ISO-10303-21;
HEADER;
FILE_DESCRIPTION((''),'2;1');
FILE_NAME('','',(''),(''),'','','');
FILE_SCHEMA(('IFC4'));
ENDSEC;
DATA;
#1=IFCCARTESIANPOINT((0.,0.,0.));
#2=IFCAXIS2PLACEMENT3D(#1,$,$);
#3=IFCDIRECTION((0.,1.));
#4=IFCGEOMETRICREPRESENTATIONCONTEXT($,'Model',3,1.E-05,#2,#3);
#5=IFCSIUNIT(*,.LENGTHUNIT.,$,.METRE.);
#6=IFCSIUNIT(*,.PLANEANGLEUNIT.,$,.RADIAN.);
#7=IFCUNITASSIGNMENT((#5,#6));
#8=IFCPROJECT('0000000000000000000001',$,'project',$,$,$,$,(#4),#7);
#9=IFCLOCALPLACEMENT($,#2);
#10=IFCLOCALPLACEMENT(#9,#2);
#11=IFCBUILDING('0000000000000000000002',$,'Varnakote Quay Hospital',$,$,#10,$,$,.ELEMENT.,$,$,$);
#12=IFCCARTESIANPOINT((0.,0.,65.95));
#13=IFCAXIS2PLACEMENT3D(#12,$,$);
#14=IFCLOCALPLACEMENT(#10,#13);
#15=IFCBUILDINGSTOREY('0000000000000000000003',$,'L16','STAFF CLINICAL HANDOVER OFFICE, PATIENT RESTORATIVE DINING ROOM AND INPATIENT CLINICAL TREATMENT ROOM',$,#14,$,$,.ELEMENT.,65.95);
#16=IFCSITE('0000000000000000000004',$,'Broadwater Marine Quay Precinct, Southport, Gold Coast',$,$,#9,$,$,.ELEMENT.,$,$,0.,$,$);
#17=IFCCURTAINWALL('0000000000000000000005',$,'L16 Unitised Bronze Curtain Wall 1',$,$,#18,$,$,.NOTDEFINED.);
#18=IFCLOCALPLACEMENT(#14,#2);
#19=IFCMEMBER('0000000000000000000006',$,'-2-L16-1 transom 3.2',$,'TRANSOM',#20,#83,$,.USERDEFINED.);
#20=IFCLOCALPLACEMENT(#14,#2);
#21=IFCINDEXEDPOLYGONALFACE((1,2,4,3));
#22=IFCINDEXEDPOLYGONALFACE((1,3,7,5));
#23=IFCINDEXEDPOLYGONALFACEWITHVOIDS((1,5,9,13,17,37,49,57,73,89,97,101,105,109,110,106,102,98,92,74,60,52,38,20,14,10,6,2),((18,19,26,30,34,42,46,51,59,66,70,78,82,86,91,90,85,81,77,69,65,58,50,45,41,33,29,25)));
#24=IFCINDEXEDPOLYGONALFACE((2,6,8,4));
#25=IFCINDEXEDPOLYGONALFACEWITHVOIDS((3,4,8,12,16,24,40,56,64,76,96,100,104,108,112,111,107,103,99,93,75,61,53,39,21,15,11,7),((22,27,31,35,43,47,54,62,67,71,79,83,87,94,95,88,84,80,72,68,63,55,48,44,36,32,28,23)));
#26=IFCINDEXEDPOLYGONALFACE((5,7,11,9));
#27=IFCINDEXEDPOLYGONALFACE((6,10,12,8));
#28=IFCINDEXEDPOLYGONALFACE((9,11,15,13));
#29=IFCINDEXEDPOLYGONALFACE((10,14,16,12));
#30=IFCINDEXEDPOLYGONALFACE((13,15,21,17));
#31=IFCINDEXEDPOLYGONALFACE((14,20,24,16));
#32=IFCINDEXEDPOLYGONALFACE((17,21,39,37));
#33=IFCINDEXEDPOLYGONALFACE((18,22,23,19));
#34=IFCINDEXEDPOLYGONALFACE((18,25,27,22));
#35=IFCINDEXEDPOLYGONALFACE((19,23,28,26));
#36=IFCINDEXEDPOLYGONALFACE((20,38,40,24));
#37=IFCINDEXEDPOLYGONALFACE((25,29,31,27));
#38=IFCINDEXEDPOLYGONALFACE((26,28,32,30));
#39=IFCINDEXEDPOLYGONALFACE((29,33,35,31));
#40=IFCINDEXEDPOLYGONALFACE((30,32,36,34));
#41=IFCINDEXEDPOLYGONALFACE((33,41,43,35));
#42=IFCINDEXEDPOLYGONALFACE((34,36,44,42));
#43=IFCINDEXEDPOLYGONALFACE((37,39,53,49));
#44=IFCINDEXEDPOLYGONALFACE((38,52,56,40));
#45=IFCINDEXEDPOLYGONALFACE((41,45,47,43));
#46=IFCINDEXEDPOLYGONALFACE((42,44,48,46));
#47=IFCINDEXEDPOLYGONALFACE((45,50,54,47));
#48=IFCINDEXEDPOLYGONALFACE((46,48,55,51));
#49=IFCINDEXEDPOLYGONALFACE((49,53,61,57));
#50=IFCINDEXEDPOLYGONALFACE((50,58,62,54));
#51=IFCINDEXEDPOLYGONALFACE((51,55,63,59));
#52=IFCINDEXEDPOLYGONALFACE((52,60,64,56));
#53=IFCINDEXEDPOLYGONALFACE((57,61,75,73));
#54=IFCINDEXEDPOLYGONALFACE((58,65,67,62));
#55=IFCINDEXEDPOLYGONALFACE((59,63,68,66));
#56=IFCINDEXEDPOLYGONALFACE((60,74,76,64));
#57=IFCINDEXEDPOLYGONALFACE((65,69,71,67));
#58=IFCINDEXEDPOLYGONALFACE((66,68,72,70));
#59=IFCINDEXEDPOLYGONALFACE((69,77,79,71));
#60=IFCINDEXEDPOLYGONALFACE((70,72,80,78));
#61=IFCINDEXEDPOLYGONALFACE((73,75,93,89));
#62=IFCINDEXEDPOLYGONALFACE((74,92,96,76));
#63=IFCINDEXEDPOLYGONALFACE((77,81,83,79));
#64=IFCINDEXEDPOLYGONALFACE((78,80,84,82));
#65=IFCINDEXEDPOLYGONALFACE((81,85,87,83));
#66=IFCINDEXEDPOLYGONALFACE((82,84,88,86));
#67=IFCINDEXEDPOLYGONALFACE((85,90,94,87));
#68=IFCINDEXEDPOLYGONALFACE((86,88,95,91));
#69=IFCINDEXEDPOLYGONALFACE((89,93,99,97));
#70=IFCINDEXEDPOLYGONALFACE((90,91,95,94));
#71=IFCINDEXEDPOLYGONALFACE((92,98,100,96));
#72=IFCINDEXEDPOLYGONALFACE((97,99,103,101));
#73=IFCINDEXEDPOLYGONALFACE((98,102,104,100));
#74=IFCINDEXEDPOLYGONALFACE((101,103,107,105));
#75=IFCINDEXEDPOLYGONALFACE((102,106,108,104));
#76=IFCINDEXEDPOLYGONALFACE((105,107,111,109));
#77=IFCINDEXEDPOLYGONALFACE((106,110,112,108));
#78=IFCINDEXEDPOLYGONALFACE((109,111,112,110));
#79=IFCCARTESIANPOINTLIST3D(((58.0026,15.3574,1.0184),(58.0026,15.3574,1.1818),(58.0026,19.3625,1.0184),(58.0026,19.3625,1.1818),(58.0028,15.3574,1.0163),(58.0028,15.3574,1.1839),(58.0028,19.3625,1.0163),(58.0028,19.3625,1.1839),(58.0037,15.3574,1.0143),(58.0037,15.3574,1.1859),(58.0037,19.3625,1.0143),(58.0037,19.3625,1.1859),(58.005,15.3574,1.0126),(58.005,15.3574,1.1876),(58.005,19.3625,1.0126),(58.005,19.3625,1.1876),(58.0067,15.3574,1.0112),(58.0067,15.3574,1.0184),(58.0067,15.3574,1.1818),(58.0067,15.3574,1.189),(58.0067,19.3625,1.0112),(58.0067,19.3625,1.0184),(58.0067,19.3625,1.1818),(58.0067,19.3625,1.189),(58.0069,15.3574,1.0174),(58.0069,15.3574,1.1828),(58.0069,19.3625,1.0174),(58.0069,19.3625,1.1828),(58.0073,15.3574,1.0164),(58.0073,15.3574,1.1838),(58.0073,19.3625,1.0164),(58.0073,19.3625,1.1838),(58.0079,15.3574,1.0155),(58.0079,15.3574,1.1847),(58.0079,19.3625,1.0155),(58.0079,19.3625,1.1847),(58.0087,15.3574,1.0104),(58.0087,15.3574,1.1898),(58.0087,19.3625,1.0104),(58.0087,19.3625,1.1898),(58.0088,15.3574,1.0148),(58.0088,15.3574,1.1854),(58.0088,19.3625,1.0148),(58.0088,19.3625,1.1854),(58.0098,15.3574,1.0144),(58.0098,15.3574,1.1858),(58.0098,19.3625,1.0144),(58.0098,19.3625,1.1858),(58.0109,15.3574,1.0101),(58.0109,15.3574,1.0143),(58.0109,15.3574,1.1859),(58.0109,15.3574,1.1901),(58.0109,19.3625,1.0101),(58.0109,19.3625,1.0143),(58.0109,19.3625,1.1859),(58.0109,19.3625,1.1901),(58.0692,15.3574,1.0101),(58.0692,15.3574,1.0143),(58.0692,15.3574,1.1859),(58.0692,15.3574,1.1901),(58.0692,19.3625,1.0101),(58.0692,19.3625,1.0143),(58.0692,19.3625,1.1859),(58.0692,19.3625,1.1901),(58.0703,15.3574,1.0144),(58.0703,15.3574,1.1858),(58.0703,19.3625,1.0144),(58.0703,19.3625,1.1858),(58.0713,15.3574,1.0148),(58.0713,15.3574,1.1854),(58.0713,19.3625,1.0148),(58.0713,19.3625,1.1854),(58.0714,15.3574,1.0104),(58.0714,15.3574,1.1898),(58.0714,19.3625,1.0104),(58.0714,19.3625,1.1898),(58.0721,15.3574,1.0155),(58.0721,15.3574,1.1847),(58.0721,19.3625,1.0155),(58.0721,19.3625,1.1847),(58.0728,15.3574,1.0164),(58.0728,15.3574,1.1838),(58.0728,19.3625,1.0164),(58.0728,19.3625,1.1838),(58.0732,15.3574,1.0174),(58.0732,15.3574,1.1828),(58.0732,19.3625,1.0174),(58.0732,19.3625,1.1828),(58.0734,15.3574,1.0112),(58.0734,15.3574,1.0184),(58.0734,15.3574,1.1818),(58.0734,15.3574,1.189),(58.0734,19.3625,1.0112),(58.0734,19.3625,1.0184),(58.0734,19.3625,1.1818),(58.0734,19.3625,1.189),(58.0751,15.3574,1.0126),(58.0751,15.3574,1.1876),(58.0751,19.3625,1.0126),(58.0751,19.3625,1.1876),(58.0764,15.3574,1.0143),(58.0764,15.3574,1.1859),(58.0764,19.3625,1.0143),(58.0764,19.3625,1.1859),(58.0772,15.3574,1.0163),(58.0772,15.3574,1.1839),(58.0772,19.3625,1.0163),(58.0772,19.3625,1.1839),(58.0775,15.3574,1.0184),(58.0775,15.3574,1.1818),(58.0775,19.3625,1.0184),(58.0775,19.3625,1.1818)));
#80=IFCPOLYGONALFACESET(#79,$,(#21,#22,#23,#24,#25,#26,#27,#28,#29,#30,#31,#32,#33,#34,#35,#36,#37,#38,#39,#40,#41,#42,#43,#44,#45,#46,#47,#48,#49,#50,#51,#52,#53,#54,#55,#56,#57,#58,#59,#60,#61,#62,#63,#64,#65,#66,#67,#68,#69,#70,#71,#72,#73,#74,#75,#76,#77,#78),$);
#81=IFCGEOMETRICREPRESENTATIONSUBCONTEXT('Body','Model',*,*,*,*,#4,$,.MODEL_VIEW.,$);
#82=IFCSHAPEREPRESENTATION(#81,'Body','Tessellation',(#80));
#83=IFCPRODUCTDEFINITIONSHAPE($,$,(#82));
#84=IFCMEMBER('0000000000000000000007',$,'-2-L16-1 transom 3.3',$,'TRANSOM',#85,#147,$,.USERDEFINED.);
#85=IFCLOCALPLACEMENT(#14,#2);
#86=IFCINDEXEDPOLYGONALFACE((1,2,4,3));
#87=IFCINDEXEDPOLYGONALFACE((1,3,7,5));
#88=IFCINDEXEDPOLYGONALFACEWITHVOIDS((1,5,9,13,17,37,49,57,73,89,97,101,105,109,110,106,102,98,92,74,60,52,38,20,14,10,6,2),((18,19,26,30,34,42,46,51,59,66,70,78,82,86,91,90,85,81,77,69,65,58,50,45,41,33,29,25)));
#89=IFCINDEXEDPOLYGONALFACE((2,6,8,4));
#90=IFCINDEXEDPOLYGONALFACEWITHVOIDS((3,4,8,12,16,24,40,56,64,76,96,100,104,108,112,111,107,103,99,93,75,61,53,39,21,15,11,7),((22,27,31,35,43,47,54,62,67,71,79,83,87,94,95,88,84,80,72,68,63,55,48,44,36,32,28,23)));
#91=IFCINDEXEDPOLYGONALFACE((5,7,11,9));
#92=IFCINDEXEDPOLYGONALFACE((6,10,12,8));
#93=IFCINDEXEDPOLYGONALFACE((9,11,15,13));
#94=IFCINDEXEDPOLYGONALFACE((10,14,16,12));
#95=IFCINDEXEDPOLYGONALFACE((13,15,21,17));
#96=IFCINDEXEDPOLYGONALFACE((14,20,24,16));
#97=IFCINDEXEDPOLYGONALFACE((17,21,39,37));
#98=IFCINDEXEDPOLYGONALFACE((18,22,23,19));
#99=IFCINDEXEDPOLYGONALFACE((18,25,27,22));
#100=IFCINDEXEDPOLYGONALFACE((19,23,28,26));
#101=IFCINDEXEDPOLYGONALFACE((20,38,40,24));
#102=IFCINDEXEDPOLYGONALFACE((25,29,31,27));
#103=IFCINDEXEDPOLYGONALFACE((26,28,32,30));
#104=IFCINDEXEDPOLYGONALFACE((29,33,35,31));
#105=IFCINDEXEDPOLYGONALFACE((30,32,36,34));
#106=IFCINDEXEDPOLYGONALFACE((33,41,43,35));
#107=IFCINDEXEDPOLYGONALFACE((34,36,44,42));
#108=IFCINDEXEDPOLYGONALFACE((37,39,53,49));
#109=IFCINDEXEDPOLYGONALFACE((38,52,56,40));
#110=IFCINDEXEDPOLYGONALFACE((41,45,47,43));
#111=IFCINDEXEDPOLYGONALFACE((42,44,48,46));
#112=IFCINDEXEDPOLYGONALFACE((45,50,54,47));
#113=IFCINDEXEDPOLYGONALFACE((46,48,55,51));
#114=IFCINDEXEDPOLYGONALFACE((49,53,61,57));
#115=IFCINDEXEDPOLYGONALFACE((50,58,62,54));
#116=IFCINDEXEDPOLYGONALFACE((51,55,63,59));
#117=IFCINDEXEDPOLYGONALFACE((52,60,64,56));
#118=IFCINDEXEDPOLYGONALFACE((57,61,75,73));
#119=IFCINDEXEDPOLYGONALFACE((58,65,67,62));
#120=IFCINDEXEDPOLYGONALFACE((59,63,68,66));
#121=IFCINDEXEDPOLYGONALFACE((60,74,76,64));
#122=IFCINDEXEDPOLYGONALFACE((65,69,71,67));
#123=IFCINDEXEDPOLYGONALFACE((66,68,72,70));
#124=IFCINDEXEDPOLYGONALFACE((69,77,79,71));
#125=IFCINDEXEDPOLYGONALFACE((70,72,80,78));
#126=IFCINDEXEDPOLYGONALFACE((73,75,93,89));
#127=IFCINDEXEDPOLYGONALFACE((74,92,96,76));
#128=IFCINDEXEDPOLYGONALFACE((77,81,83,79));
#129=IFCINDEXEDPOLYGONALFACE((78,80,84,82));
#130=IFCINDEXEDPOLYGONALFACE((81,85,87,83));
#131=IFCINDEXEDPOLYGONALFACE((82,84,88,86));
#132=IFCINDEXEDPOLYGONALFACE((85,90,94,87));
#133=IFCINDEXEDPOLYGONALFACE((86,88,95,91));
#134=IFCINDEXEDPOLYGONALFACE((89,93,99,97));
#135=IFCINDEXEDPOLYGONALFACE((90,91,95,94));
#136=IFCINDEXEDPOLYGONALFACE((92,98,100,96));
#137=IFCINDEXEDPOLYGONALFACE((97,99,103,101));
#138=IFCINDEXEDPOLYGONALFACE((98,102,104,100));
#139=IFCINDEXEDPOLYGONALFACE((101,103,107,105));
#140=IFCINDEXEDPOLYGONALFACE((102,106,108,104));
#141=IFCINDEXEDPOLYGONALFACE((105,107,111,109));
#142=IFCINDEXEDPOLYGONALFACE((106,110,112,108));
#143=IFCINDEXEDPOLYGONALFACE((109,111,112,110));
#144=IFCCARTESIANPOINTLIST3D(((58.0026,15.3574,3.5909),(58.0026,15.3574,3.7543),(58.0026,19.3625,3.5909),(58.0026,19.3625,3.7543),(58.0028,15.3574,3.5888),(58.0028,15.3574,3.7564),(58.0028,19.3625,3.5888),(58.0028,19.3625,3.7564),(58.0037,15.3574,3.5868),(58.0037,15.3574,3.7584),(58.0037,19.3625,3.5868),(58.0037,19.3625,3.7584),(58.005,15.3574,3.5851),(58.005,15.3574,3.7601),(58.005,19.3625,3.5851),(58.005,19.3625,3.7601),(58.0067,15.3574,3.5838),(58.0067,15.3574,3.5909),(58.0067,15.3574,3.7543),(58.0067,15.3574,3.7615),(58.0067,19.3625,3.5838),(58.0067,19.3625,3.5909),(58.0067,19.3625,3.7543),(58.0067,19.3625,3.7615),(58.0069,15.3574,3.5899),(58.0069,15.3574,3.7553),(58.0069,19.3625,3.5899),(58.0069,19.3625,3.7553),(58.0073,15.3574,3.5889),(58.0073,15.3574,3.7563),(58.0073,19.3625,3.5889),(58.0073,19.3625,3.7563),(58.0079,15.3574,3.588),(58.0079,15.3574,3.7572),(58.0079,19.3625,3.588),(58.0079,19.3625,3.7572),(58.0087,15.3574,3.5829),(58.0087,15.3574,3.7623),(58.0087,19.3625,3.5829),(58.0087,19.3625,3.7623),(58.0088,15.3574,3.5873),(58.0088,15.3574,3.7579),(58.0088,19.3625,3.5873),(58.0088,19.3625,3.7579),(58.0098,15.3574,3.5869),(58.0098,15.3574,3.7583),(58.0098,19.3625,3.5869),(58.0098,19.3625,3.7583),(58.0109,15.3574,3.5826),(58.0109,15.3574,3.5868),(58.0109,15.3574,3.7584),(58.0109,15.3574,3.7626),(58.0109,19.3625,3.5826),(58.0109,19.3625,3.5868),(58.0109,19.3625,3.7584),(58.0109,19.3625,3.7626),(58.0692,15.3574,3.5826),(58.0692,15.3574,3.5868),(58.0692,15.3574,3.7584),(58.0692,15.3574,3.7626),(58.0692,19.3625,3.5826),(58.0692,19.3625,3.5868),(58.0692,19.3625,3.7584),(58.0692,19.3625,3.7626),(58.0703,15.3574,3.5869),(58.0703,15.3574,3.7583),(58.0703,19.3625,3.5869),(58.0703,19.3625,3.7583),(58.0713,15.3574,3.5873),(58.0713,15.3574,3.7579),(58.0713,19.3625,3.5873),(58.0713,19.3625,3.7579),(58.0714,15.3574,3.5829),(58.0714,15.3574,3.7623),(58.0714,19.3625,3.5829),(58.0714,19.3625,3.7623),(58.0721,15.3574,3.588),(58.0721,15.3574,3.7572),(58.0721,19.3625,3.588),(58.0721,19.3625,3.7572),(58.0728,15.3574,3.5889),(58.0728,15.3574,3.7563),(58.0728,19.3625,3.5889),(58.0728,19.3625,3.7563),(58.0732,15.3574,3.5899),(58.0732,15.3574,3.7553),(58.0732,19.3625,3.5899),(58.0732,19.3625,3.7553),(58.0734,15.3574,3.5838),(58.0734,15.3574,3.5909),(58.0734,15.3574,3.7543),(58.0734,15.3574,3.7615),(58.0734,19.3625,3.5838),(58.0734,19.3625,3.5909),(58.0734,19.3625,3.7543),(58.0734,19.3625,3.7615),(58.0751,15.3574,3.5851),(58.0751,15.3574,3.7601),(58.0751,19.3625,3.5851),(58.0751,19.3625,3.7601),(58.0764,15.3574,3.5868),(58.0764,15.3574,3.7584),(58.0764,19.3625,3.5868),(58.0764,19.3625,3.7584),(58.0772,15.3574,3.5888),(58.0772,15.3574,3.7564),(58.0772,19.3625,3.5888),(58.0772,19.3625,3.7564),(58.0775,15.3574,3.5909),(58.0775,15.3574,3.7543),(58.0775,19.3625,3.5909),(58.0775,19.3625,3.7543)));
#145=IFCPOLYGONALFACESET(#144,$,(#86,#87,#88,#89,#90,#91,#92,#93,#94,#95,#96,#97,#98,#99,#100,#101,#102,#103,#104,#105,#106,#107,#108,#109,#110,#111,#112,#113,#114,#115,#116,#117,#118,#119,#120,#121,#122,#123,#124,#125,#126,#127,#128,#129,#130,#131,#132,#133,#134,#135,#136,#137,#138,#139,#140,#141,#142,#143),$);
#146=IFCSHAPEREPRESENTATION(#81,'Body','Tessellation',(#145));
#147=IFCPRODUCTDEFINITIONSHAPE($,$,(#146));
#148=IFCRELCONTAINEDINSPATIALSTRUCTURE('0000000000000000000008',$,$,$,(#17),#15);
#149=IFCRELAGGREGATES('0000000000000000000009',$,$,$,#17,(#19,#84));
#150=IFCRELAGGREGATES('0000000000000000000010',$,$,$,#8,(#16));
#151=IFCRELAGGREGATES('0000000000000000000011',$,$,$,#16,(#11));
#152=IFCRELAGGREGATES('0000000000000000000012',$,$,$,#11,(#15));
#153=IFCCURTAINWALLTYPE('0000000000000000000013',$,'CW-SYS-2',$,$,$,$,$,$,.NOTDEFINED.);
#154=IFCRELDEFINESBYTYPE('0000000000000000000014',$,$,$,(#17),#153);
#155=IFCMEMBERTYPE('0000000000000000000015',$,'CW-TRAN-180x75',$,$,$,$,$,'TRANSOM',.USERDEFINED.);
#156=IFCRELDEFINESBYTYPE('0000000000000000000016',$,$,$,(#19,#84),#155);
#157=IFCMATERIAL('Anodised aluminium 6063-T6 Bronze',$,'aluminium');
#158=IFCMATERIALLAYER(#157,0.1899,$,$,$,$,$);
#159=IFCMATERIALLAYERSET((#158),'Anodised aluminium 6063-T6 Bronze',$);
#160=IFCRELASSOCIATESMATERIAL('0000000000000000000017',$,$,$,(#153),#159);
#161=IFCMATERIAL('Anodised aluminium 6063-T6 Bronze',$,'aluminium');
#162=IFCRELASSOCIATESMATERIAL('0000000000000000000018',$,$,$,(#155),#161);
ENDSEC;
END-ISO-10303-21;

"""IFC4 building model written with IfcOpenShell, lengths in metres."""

from ifc_helpers import new_model, si_unit, direction, frame, origin, origin_2d, place, context, subcontext, project, spatial, hollow_rectangle, extrude, material, layer, layer_set, material_profile, profile_set, type_object, element, aggregate, save


model = new_model("IFC4")

# Units and contexts
model_context = context("Model", 3, precision=1e-05, world=origin(), true_north=direction((0.0, 1.0)))
body_context = subcontext(model_context, "Body", "Model", "MODEL_VIEW")
ifc_project = project(units=[si_unit("LENGTHUNIT", "METRE"), si_unit("PLANEANGLEUNIT", "RADIAN")], contexts=[model_context])

# Site, building, storey
site_placement = place(None, origin())
site = spatial("IfcSite", under=ifc_project, at=site_placement, Name="Broadwater Marine Quay Precinct, Southport, Gold Coast", CompositionType="ELEMENT", RefElevation=0.0)
building_placement = place(site_placement, origin())
building = spatial("IfcBuilding", under=site, at=building_placement, Name="Varnakote Quay Hospital", CompositionType="ELEMENT")
storey_placement = place(building_placement, frame((0.0, 0.0, 65.95)))
storey = spatial("IfcBuildingStorey", under=building, at=storey_placement, Name="L16", Description="STAFF CLINICAL HANDOVER OFFICE, PATIENT RESTORATIVE DINING ROOM AND INPATIENT CLINICAL TREATMENT ROOM", CompositionType="ELEMENT", Elevation=65.95)

# Curtain wall, members
ifc_material_1 = material(Name="Anodised aluminium 6063-T6 Bronze", Category="aluminium")
ifc_layer_1 = layer(ifc_material_1, 0.1899)
ifc_layer_set_1 = layer_set([ifc_layer_1], Name="Anodised aluminium 6063-T6 Bronze")
curtain_wall_type = type_object("IfcCurtainWallType", Name="CW-SYS-2", PredefinedType="NOTDEFINED", material=ifc_layer_set_1)
curtain_wall_placement = place(storey_placement, origin())
curtain_wall = element("IfcCurtainWall", 1, at=curtain_wall_placement, inside=storey, type_object=curtain_wall_type, Name="L16 Unitised Bronze Curtain Wall 1", PredefinedType="NOTDEFINED")
ifc_material_2 = material(Name="Anodised aluminium 6063-T6 Bronze", Category="aluminium")
ifc_material_profile_1 = material_profile(ifc_material_2, hollow_rectangle(XDim=0.075, YDim=0.1799, WallThickness=0.0042, InnerFilletRadius=0.0042, OuterFilletRadius=0.0083, at=origin_2d()), Name="CW-TRAN-180x75")
ifc_profile_set_1 = profile_set([ifc_material_profile_1], Name="Anodised aluminium 6063-T6 Bronze")
member_type_1 = type_object("IfcMemberType", Name="CW-TRAN-180x75", ElementType="TRANSOM", PredefinedType="USERDEFINED", material=ifc_profile_set_1)
member_1_placement = place(storey_placement, frame((58.04, 15.3574, 1.1001), z_axis=(0.0, 1.0, 0.0), x_axis=(-1.0, 0.0, 0.0)))
member_1 = element("IfcMember", 2, at=member_1_placement, type_object=member_type_1, Name="-2-L16-1 transom 3.2", ObjectType="TRANSOM", PredefinedType="USERDEFINED", context=body_context, shape_type="SweptSolid", body=[
    extrude(hollow_rectangle(XDim=0.075, YDim=0.1799, WallThickness=0.0042, InnerFilletRadius=0.0042, OuterFilletRadius=0.0083, at=origin_2d()), origin(), (0.0, 0.0, 1.0), 4.0051),
])
member_2_placement = place(storey_placement, frame((58.04, 15.3574, 3.6726), z_axis=(0.0, 1.0, 0.0), x_axis=(-1.0, 0.0, 0.0)))
member_2 = element("IfcMember", 3, at=member_2_placement, type_object=member_type_1, Name="-2-L16-1 transom 3.3", ObjectType="TRANSOM", PredefinedType="USERDEFINED", context=body_context, shape_type="SweptSolid", body=[
    extrude(hollow_rectangle(XDim=0.075, YDim=0.1799, WallThickness=0.0042, InnerFilletRadius=0.0042, OuterFilletRadius=0.0083, at=origin_2d()), origin(), (0.0, 0.0, 1.0), 4.0051),
])
aggregate(curtain_wall, [member_1, member_2])

save(model, "model.ifc")
